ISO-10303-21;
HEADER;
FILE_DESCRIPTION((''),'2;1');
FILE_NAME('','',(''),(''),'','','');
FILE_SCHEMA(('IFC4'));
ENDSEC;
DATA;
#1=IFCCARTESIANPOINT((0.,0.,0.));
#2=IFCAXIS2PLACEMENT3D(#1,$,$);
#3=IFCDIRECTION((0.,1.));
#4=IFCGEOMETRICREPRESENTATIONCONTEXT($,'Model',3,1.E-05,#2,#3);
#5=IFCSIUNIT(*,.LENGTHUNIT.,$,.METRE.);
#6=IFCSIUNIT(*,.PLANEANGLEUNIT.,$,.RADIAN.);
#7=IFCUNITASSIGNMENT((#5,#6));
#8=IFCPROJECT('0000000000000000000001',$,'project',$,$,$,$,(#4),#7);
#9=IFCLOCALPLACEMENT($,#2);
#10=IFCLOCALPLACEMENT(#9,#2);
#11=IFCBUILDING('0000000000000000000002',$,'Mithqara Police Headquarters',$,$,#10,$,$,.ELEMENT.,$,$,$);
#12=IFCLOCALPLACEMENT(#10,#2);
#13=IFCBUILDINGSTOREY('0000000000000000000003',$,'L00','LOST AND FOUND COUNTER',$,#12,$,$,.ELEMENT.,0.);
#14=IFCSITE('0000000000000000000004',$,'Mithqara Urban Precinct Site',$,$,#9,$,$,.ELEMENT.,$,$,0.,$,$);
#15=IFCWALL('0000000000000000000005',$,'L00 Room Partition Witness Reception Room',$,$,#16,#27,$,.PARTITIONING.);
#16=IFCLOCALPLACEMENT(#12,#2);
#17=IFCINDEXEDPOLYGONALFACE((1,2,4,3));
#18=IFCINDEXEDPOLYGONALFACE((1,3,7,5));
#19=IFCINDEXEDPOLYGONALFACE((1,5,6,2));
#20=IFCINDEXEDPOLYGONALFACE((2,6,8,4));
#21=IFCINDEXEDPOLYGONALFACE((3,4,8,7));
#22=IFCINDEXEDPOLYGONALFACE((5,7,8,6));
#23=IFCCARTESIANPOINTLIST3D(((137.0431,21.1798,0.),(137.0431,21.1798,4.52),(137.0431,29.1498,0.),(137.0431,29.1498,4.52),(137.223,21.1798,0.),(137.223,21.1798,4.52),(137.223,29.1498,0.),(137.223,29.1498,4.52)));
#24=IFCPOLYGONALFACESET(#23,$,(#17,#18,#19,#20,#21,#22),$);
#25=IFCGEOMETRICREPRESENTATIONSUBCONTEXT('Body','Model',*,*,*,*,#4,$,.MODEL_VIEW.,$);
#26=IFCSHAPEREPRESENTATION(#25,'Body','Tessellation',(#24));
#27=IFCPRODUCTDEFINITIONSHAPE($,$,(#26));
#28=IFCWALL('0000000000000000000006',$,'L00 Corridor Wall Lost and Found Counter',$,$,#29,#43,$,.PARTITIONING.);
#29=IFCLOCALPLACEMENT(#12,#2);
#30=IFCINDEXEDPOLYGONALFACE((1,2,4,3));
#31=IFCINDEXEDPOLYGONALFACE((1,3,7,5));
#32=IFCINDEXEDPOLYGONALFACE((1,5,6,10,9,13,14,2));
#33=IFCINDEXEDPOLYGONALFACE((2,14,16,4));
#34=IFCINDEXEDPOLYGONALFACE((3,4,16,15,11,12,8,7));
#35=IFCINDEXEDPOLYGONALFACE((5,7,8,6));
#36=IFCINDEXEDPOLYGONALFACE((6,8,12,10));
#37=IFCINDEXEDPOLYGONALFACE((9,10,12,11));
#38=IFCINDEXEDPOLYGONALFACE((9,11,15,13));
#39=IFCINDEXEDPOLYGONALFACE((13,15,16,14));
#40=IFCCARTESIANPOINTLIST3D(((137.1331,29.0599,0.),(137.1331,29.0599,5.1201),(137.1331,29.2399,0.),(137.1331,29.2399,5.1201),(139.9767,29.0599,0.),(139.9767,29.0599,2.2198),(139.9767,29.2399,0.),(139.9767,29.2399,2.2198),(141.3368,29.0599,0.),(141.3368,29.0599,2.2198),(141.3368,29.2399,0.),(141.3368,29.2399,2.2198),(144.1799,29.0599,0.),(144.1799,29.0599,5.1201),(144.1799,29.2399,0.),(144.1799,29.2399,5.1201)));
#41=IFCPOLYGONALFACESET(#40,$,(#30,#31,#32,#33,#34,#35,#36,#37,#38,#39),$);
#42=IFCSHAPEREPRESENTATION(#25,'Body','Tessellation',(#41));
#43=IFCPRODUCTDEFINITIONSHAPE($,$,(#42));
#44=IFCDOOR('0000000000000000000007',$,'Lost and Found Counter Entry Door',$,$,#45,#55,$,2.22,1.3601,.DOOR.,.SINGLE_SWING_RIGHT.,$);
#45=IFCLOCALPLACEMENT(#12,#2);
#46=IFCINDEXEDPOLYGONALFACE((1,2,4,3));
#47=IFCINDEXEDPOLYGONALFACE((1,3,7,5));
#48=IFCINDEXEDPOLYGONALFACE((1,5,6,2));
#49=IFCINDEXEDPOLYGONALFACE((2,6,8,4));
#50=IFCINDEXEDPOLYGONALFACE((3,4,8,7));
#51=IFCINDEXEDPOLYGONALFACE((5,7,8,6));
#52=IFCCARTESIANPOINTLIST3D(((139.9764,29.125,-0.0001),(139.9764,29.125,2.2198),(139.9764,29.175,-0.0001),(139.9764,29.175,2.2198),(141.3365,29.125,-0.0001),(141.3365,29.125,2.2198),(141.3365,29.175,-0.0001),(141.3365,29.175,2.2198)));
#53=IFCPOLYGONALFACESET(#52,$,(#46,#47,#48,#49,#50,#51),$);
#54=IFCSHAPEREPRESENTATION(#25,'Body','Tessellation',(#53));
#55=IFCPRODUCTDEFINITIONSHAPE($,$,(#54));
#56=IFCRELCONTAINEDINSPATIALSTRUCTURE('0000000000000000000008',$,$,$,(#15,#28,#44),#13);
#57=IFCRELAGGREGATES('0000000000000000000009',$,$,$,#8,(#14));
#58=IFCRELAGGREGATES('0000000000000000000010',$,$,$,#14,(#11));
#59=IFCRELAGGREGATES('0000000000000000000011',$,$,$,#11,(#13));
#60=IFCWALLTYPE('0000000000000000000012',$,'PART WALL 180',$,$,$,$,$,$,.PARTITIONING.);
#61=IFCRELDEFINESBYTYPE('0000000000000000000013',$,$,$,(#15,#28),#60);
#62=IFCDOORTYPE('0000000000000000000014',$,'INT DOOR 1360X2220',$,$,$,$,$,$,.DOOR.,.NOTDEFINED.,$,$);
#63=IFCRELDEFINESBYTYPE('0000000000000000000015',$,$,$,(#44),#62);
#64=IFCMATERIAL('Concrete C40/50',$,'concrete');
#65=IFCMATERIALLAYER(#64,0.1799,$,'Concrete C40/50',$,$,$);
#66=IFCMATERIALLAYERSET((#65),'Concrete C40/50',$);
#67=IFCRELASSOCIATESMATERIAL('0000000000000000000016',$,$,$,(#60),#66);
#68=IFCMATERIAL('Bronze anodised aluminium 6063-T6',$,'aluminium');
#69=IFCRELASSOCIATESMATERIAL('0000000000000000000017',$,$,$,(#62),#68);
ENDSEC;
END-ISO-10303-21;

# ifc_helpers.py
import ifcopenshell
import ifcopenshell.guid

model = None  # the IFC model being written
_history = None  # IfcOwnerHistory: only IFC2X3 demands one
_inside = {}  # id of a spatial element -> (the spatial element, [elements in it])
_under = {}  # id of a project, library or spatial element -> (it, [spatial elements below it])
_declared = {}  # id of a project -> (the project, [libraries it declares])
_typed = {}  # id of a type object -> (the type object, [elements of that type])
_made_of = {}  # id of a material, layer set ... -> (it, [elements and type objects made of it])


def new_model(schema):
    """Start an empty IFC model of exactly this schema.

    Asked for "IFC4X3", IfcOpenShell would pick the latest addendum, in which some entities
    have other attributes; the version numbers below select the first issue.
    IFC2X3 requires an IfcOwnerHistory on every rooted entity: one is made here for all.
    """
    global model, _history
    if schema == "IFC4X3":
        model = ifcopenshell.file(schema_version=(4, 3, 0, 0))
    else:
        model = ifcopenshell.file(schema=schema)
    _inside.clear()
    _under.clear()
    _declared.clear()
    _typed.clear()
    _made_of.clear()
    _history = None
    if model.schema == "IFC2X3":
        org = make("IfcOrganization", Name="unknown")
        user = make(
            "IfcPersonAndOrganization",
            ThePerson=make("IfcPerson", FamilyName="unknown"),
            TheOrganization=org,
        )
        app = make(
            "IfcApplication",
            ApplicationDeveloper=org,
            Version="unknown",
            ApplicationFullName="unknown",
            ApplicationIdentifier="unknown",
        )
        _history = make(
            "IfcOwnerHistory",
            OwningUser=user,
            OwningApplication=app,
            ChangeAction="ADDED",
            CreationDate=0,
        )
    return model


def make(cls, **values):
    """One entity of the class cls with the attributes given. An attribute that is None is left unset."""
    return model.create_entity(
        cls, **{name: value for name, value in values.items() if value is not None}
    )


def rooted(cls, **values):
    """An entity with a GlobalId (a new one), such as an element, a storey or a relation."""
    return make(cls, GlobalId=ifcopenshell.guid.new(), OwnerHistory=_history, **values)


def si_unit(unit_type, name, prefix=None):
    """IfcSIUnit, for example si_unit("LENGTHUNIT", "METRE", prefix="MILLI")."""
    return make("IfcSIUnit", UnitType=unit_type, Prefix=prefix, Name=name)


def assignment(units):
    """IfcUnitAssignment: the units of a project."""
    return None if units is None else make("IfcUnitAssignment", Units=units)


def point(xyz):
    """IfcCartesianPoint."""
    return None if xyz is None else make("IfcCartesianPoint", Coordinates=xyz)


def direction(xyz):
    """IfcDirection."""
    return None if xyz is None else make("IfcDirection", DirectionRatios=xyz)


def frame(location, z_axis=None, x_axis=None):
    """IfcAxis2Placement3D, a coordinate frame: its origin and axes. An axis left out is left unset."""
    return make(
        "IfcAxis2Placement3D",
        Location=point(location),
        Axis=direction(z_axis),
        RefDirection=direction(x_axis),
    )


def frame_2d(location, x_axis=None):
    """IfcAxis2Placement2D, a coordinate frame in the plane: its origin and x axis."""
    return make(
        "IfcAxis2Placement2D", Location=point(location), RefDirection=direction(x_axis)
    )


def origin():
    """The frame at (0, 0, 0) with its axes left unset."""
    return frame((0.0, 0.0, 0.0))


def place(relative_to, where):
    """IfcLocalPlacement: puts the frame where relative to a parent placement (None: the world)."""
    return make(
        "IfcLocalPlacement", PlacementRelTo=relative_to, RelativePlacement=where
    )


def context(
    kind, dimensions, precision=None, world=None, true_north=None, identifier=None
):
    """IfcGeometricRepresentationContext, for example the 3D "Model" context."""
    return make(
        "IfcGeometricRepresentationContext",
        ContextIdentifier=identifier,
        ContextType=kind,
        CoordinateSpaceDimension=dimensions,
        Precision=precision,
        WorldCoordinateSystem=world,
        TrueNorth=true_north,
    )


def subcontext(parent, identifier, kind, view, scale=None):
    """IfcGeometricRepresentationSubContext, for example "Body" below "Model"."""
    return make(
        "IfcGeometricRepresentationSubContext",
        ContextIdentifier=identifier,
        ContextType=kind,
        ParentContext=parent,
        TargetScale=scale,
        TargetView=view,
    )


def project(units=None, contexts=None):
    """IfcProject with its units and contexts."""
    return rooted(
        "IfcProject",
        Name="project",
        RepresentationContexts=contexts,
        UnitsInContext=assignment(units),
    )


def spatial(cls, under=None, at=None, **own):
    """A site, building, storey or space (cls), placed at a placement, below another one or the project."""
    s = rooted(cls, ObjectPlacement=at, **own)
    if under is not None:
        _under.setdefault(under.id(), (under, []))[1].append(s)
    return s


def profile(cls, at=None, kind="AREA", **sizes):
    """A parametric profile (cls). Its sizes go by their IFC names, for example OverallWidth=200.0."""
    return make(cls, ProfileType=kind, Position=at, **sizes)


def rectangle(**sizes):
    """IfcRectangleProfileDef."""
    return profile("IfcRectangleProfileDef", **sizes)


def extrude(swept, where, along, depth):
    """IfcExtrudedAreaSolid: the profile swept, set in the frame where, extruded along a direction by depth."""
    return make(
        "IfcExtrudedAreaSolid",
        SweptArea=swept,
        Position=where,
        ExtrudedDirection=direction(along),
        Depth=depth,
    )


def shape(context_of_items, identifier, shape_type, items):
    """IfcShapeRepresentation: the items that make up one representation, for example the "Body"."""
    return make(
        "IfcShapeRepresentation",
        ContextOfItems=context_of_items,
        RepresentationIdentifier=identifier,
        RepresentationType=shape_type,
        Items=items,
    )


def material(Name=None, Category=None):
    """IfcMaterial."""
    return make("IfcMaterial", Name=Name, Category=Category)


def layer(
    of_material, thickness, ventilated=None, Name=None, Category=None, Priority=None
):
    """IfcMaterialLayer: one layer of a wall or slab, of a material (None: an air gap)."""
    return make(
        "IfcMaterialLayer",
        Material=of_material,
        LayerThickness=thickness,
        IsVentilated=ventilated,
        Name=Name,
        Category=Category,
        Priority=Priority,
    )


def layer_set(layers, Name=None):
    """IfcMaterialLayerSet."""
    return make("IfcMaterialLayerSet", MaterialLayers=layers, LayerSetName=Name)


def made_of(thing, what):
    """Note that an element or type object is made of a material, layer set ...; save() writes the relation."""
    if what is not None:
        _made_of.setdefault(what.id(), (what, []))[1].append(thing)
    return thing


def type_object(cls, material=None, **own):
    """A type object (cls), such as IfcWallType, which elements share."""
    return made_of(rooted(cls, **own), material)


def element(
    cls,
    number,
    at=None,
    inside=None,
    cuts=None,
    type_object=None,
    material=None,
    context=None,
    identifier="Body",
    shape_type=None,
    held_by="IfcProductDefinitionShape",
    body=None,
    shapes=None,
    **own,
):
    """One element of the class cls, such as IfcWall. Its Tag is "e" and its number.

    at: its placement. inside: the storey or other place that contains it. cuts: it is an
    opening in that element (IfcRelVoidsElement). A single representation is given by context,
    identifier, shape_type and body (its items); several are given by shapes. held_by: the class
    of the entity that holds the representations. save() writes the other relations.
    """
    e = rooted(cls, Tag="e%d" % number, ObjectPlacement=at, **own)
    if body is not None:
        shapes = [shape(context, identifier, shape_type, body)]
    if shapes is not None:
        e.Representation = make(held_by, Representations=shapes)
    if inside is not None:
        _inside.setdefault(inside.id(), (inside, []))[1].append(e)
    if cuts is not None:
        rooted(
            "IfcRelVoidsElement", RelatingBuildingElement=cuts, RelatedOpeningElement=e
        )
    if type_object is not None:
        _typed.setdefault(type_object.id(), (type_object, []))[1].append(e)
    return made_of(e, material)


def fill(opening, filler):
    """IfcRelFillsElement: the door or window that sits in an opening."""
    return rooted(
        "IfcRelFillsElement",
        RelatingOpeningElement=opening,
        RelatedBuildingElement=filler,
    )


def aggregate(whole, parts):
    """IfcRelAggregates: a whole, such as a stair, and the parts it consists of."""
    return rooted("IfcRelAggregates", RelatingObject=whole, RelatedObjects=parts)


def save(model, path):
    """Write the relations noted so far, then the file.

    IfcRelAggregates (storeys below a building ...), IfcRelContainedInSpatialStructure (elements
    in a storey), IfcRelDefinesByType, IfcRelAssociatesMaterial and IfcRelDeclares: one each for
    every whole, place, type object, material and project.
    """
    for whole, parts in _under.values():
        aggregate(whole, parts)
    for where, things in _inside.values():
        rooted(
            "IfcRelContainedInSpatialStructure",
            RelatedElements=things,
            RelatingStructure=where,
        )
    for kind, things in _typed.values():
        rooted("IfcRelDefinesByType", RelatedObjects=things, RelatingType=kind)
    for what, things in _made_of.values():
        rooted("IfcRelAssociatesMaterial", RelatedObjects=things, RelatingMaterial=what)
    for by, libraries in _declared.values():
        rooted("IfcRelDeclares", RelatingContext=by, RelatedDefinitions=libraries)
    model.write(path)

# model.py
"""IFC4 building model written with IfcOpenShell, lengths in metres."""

from ifc_helpers import new_model, si_unit, direction, frame, frame_2d, origin, place, context, subcontext, project, spatial, rectangle, extrude, material, layer, layer_set, type_object, element, fill, save


model = new_model("IFC4")

# Units and contexts
model_context = context("Model", 3, precision=1e-05, world=origin(), true_north=direction((0.0, 1.0)))
body_context = subcontext(model_context, "Body", "Model", "MODEL_VIEW")
ifc_project = project(units=[si_unit("LENGTHUNIT", "METRE"), si_unit("PLANEANGLEUNIT", "RADIAN")], contexts=[model_context])

# Site, building, storey
site_placement = place(None, origin())
site = spatial("IfcSite", under=ifc_project, at=site_placement, Name="Mithqara Urban Precinct Site", CompositionType="ELEMENT", RefElevation=0.0)
building_placement = place(site_placement, origin())
building = spatial("IfcBuilding", under=site, at=building_placement, Name="Mithqara Police Headquarters", CompositionType="ELEMENT")
storey_placement = place(building_placement, origin())
storey = spatial("IfcBuildingStorey", under=building, at=storey_placement, Name="L00", Description="LOST AND FOUND COUNTER", CompositionType="ELEMENT", Elevation=0.0)

# Shared definitions
ifc_material_1 = material(Name="Concrete C40/50", Category="concrete")

# Shared definitions
ifc_material_2 = material(Name="Bronze anodised aluminium 6063-T6", Category="aluminium")

# Wall
ifc_layer_1 = layer(ifc_material_1, 0.1799, Name="Concrete C40/50")
ifc_layer_set_1 = layer_set([ifc_layer_1], Name="Concrete C40/50")
wall_type = type_object("IfcWallType", Name="PART WALL 180", PredefinedType="PARTITIONING", material=ifc_layer_set_1)
wall_1_placement = place(storey_placement, frame((137.1331, 21.1799, 0.0), z_axis=(0.0, 0.0, 1.0), x_axis=(0.0, 1.0, 0.0)))
element("IfcWall", 1, at=wall_1_placement, inside=storey, type_object=wall_type, Name="L00 Room Partition Witness Reception Room", PredefinedType="PARTITIONING", context=body_context, shape_type="SweptSolid", body=[
    extrude(rectangle(XDim=7.97, YDim=0.1799, at=frame_2d((3.9849, 0.0))), origin(), (0.0, 0.0, 1.0), 4.52),
])

# Wall, opening, door
wall_2_placement = place(storey_placement, frame((137.1331, 29.1499, 0.0), z_axis=(0.0, 0.0, 1.0), x_axis=(1.0, 0.0, 0.0)))
wall_2 = element("IfcWall", 2, at=wall_2_placement, inside=storey, type_object=wall_type, Name="L00 Corridor Wall Lost and Found Counter", PredefinedType="PARTITIONING", context=body_context, shape_type="SweptSolid", body=[
    extrude(rectangle(XDim=7.0469, YDim=0.1799, at=frame_2d((3.5234, 0.0))), origin(), (0.0, 0.0, 1.0), 5.1201),
])
opening_placement = place(wall_2_placement, frame((2.8435, 0.0, 0.0)))
opening = element("IfcOpeningElement", 3, at=opening_placement, cuts=wall_2, PredefinedType="OPENING", context=body_context, shape_type="SweptSolid", body=[
    extrude(rectangle(XDim=1.3601, YDim=2.22, at=frame_2d((0.6802, 1.1099))), frame((0.0, 0.1001, 0.0), z_axis=(0.0, -1.0, 0.0), x_axis=(1.0, 0.0, 0.0)), (0.0, 0.0, 1.0), 0.2),
])
door_type = type_object("IfcDoorType", Name="INT DOOR 1360X2220", OperationType="NOTDEFINED", PredefinedType="DOOR", material=ifc_material_2)
door_placement = place(opening_placement, frame((1.3601, 0.0, 0.0), z_axis=(0.0, 0.0, 1.0), x_axis=(-1.0, 0.0, 0.0)))
door = element("IfcDoor", 4, at=door_placement, inside=storey, type_object=door_type, Name="Lost and Found Counter Entry Door", OperationType="SINGLE_SWING_RIGHT", OverallHeight=2.22, OverallWidth=1.3601, PredefinedType="DOOR", context=body_context, shape_type="SweptSolid", body=[
    extrude(rectangle(XDim=1.3601, YDim=2.22, at=frame_2d((0.6802, 1.1099))), frame((0.0, 0.0249, 0.0), z_axis=(0.0, -1.0, 0.0), x_axis=(1.0, 0.0, 0.0)), (0.0, 0.0, 1.0), 0.05),
])
fill(opening, door)

save(model, "model.ifc")
